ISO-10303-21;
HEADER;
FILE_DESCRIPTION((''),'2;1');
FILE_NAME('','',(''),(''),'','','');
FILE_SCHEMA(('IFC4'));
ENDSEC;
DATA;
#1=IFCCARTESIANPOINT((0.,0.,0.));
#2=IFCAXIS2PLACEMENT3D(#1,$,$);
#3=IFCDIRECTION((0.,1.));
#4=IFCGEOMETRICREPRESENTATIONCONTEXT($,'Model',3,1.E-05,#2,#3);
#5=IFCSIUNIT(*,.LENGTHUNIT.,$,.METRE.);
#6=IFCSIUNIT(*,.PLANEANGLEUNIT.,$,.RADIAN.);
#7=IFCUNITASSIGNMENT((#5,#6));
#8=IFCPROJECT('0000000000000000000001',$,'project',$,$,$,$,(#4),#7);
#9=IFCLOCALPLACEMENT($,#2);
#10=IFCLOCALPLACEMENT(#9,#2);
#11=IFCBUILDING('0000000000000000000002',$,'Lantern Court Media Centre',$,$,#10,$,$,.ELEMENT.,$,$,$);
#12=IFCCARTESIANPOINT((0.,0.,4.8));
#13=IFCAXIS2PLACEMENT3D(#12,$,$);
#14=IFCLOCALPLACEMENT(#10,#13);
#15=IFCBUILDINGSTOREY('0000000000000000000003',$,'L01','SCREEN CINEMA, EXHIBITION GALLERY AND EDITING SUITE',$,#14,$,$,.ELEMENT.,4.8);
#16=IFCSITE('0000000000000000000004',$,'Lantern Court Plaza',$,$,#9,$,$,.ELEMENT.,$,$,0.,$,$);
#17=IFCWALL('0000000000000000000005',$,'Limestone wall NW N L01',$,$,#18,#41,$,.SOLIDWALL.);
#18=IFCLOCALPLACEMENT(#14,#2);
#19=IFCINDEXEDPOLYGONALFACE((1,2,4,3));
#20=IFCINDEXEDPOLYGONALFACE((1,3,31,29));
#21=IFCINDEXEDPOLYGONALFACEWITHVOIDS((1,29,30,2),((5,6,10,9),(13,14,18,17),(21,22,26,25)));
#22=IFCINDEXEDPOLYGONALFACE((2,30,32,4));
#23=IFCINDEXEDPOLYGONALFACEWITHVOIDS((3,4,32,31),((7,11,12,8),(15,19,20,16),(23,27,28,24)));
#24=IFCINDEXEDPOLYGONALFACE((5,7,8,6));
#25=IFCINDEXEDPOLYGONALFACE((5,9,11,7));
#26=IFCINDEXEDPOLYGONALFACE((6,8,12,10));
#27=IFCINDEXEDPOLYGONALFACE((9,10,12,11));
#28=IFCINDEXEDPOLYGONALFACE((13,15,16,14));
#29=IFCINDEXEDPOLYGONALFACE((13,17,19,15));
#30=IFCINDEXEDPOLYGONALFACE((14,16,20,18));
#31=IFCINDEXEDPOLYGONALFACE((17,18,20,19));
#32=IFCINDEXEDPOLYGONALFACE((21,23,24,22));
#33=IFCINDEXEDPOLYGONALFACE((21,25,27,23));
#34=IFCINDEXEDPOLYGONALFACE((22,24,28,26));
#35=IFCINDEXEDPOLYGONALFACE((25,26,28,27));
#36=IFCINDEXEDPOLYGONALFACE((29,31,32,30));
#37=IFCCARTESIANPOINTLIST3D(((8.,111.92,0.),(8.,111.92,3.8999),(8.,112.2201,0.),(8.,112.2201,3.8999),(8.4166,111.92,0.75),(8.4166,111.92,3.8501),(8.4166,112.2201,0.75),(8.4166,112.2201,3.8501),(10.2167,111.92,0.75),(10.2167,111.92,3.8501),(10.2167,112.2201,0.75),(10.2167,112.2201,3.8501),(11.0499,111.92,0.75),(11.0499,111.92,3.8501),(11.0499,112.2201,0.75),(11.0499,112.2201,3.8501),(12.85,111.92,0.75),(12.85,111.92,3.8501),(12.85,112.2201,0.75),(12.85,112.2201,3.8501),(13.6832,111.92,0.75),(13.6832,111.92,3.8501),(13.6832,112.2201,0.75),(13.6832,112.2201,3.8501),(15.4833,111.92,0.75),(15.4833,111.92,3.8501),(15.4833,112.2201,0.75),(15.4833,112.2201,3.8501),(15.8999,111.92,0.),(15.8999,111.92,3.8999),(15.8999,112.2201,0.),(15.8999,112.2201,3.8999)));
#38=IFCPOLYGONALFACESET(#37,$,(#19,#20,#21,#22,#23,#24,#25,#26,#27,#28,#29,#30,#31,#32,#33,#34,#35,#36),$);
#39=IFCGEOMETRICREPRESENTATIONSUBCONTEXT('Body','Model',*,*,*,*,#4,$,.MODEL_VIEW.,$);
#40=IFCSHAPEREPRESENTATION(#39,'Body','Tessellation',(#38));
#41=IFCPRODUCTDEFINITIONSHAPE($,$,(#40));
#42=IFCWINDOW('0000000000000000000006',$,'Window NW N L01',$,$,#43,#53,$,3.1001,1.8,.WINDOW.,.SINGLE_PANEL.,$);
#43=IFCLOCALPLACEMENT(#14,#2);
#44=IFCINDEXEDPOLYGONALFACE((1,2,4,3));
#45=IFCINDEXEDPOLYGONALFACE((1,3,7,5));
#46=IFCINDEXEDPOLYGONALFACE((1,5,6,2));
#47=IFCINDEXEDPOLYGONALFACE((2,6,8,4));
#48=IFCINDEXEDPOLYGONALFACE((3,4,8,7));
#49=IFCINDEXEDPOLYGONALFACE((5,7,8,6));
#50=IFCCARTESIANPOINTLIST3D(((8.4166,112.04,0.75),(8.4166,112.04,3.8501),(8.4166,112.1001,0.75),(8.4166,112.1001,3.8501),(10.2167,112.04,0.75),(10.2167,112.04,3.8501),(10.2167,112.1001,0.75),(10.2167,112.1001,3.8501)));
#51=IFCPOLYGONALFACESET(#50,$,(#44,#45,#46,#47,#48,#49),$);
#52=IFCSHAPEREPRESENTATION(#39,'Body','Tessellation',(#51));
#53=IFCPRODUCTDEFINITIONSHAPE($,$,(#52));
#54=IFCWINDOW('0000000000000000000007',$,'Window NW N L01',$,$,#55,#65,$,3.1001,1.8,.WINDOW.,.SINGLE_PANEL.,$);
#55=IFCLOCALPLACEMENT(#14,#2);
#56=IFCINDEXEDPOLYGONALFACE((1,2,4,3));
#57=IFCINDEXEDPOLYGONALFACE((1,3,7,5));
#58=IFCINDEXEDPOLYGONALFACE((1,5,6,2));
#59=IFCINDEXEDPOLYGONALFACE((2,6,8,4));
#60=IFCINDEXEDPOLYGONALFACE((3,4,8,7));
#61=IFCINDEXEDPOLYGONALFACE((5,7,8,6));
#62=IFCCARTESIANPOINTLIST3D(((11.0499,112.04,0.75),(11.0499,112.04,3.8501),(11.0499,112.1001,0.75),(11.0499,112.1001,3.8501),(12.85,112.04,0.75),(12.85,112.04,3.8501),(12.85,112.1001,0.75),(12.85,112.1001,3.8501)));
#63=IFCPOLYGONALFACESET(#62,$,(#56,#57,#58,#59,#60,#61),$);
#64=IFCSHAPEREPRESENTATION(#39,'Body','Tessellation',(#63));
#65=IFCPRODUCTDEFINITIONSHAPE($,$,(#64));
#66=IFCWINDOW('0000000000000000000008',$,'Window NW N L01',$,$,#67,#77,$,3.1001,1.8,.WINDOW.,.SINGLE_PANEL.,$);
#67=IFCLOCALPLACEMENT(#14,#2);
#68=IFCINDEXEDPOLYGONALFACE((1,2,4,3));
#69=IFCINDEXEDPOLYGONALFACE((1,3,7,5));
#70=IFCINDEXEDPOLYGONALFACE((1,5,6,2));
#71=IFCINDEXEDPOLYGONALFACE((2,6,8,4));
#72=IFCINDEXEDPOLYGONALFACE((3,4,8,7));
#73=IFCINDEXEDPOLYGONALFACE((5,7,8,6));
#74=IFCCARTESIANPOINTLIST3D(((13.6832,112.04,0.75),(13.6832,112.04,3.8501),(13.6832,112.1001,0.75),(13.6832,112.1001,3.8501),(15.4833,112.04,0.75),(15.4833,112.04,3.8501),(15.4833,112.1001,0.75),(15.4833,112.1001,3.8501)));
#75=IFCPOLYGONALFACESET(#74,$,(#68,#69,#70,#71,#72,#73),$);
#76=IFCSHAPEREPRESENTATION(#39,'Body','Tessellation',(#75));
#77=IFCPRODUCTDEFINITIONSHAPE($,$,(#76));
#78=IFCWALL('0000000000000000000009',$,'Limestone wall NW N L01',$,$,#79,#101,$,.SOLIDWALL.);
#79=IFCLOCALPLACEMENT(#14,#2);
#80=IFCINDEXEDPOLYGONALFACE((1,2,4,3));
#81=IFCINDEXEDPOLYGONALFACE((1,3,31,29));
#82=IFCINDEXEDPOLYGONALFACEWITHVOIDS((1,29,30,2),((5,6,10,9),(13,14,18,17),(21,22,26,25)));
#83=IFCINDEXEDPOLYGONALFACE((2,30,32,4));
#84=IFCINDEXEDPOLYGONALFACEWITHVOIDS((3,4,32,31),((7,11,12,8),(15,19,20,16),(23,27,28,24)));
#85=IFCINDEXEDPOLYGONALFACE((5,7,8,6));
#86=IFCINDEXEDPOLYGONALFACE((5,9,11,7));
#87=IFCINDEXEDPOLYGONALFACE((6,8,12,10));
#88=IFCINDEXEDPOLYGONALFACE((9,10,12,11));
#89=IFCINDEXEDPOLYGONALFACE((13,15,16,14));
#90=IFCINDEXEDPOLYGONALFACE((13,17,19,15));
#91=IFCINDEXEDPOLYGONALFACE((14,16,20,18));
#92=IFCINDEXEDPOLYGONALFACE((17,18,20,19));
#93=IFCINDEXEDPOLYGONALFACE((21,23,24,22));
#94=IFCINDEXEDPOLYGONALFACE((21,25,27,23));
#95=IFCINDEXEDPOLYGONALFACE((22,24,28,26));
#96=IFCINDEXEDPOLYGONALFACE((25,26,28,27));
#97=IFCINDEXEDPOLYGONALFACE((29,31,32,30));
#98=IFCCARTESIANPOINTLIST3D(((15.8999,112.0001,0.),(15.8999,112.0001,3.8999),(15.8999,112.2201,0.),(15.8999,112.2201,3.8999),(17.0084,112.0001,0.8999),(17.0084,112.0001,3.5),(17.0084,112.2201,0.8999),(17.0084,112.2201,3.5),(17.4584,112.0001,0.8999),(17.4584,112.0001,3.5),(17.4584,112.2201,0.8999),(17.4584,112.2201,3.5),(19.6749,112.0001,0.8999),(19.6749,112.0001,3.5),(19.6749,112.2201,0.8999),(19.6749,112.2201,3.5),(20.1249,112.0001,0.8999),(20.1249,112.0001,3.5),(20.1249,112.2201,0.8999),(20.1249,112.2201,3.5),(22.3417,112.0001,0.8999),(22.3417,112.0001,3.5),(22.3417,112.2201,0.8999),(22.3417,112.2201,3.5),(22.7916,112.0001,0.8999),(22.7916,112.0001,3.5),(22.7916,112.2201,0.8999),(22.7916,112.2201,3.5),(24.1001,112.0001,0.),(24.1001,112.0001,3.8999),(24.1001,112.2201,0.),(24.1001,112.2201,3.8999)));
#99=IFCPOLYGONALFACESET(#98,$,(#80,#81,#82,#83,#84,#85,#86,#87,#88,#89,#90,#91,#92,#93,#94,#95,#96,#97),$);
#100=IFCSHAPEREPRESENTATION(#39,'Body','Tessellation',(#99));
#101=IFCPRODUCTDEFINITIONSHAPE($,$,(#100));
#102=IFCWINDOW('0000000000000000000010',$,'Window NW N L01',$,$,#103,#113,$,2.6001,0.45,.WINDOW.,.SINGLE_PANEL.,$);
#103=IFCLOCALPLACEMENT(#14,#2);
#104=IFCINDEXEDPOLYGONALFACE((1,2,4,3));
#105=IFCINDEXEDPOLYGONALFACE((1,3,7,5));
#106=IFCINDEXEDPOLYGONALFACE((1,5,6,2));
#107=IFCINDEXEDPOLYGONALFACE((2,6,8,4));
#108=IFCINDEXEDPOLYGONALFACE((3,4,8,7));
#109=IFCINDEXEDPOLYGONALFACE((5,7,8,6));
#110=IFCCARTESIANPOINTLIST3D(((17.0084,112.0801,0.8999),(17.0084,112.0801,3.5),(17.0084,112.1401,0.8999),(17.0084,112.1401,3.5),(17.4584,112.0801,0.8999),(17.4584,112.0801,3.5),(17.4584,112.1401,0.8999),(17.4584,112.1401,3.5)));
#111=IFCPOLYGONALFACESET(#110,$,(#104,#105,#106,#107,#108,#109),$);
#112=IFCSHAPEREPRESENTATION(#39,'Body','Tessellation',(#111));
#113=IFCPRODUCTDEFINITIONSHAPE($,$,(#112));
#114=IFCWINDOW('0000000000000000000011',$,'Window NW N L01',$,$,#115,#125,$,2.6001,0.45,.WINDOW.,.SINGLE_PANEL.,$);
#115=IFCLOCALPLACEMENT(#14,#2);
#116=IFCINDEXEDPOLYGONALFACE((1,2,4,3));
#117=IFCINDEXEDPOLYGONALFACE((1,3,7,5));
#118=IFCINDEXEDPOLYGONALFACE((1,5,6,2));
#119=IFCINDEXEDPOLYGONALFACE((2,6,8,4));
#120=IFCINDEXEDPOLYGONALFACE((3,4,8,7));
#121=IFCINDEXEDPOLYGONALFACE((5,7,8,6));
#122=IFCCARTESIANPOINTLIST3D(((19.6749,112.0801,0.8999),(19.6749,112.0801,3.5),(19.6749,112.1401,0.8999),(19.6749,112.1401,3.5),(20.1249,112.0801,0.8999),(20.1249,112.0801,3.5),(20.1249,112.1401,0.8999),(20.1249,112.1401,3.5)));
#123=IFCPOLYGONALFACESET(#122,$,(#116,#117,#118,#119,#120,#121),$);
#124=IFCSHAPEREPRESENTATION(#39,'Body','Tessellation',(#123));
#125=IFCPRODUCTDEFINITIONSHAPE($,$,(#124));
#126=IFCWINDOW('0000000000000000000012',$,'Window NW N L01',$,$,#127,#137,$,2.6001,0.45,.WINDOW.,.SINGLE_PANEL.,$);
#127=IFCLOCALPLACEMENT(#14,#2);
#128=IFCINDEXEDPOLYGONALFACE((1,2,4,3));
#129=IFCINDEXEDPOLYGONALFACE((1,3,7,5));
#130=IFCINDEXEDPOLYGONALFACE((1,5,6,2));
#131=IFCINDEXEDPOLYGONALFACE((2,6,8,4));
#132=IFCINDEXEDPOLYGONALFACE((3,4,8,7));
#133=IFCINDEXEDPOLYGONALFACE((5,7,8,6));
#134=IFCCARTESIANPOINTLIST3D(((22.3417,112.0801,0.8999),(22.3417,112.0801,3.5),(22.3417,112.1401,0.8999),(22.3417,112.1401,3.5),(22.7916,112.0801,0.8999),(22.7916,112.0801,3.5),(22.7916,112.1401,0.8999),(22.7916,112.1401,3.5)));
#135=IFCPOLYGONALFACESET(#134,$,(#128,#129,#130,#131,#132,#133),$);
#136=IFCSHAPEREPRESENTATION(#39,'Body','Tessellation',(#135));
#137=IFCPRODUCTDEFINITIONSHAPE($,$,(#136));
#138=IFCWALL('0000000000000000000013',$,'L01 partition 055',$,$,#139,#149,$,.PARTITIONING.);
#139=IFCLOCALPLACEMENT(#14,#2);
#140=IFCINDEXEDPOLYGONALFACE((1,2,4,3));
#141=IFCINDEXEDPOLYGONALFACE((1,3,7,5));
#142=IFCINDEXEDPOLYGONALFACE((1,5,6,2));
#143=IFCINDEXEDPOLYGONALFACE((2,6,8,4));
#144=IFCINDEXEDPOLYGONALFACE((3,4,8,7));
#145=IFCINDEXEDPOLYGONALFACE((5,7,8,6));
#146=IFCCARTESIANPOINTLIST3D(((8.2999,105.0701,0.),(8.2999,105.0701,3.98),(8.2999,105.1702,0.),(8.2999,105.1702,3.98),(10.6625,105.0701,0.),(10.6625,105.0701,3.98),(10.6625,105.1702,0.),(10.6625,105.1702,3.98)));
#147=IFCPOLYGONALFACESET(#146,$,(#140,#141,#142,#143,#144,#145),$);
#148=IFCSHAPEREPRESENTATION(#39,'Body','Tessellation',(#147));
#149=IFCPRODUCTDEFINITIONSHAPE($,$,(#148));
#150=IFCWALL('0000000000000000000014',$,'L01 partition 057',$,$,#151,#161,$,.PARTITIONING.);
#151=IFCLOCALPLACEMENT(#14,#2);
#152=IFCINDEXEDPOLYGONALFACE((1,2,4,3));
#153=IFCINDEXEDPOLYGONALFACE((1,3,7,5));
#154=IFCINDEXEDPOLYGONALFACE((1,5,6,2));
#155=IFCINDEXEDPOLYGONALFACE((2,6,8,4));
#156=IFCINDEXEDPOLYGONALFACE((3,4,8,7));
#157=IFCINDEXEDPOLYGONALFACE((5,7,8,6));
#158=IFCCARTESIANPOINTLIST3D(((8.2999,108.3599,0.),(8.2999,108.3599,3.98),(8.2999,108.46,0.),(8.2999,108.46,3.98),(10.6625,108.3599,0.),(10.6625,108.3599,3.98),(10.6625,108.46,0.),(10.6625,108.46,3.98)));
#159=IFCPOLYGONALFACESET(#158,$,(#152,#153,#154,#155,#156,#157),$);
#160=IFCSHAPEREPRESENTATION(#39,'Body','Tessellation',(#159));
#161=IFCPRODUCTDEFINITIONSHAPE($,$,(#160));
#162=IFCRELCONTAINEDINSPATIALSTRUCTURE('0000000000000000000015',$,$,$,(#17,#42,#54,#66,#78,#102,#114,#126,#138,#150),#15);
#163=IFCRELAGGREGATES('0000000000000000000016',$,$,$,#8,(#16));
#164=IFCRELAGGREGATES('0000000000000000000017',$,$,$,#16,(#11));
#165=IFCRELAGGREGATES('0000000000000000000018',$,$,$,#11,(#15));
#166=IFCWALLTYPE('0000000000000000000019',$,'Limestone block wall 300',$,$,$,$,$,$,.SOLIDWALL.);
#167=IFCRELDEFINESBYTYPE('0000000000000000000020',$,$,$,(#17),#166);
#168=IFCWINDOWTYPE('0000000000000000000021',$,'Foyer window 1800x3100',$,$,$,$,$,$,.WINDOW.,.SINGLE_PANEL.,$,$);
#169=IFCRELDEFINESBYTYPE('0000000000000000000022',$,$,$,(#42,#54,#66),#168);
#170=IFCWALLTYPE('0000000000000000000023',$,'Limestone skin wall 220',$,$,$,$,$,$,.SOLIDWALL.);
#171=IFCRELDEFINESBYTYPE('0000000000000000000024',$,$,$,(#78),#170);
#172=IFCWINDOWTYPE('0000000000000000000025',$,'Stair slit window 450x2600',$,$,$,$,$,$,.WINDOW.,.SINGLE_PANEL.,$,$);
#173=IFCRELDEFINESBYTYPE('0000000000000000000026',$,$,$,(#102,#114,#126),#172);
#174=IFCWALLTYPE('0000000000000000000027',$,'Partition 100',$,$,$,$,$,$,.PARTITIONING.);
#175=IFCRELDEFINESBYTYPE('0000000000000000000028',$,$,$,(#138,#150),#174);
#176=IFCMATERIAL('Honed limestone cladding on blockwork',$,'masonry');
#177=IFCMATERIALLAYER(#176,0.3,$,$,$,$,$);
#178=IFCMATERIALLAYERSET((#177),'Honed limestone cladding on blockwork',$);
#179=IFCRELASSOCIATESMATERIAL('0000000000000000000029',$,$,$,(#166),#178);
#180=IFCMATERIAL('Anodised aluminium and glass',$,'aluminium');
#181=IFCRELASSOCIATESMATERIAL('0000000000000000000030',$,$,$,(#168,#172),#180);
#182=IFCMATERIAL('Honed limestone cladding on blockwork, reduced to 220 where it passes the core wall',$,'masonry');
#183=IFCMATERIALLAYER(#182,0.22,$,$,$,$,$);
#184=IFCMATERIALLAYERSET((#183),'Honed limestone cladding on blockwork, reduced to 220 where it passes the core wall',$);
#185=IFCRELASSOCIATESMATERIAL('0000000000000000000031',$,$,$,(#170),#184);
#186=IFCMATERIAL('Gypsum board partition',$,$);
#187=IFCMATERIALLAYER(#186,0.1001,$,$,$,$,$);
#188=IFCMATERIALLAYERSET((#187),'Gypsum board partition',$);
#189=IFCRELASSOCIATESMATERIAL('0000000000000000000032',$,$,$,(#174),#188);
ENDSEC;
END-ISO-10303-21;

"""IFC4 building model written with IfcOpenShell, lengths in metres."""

from ifc_helpers import new_model, si_unit, direction, frame, frame_2d, origin, place, context, subcontext, project, spatial, rectangle, extrude, material, layer, layer_set, type_object, element, fill, save


model = new_model("IFC4")

# Units and contexts
model_context = context("Model", 3, precision=1e-05, world=origin(), true_north=direction((0.0, 1.0)))
body_context = subcontext(model_context, "Body", "Model", "MODEL_VIEW")
ifc_project = project(units=[si_unit("LENGTHUNIT", "METRE"), si_unit("PLANEANGLEUNIT", "RADIAN")], contexts=[model_context])

# Site, building, storey
site_placement = place(None, origin())
site = spatial("IfcSite", under=ifc_project, at=site_placement, Name="Lantern Court Plaza", CompositionType="ELEMENT", RefElevation=0.0)
building_placement = place(site_placement, origin())
building = spatial("IfcBuilding", under=site, at=building_placement, Name="Lantern Court Media Centre", CompositionType="ELEMENT")
storey_placement = place(building_placement, frame((0.0, 0.0, 4.8)))
storey = spatial("IfcBuildingStorey", under=building, at=storey_placement, Name="L01", Description="SCREEN CINEMA, EXHIBITION GALLERY AND EDITING SUITE", CompositionType="ELEMENT", Elevation=4.8)

# Shared definitions
ifc_material_1 = material(Name="Gypsum board partition")

# Walls, openings, windows
ifc_material_2 = material(Name="Honed limestone cladding on blockwork", Category="masonry")
ifc_layer_1 = layer(ifc_material_2, 0.3)
ifc_layer_set_1 = layer_set([ifc_layer_1], Name="Honed limestone cladding on blockwork")
wall_type_1 = type_object("IfcWallType", Name="Limestone block wall 300", PredefinedType="SOLIDWALL", material=ifc_layer_set_1)
wall_1_placement = place(storey_placement, frame((8.0, 112.0701, 0.0), z_axis=(0.0, 0.0, 1.0), x_axis=(1.0, 0.0, 0.0)))
wall_1 = element("IfcWall", 1, at=wall_1_placement, inside=storey, type_object=wall_type_1, Name="Limestone wall NW N L01", PredefinedType="SOLIDWALL", context=body_context, shape_type="SweptSolid", body=[
    extrude(rectangle(XDim=7.8999, YDim=0.3, at=frame_2d((3.95, 0.0))), origin(), (0.0, 0.0, 1.0), 3.8999),
])
opening_1_placement = place(wall_1_placement, frame((0.4167, 0.0, 0.75)))
opening_1 = element("IfcOpeningElement", 2, at=opening_1_placement, cuts=wall_1, PredefinedType="OPENING", context=body_context, shape_type="SweptSolid", body=[
    extrude(rectangle(XDim=1.8, YDim=3.1001, at=frame_2d((0.8999, 1.55))), frame((0.0, 0.1599, 0.0), z_axis=(0.0, -1.0, 0.0), x_axis=(1.0, 0.0, 0.0)), (0.0, 0.0, 1.0), 0.3201),
])
opening_2_placement = place(wall_1_placement, frame((3.05, 0.0, 0.75)))
opening_2 = element("IfcOpeningElement", 3, at=opening_2_placement, cuts=wall_1, PredefinedType="OPENING", context=body_context, shape_type="SweptSolid", body=[
    extrude(rectangle(XDim=1.8, YDim=3.1001, at=frame_2d((0.8999, 1.55))), frame((0.0, 0.1599, 0.0), z_axis=(0.0, -1.0, 0.0), x_axis=(1.0, 0.0, 0.0)), (0.0, 0.0, 1.0), 0.3201),
])
opening_3_placement = place(wall_1_placement, frame((5.6833, 0.0, 0.75)))
opening_3 = element("IfcOpeningElement", 4, at=opening_3_placement, cuts=wall_1, PredefinedType="OPENING", context=body_context, shape_type="SweptSolid", body=[
    extrude(rectangle(XDim=1.8, YDim=3.1001, at=frame_2d((0.8999, 1.55))), frame((0.0, 0.1599, 0.0), z_axis=(0.0, -1.0, 0.0), x_axis=(1.0, 0.0, 0.0)), (0.0, 0.0, 1.0), 0.3201),
])
ifc_material_3 = material(Name="Anodised aluminium and glass", Category="aluminium")
window_type_1 = type_object("IfcWindowType", Name="Foyer window 1800x3100", PartitioningType="SINGLE_PANEL", PredefinedType="WINDOW", material=ifc_material_3)
window_1_placement = place(opening_1_placement, origin())
window_1 = element("IfcWindow", 5, at=window_1_placement, inside=storey, type_object=window_type_1, Name="Window NW N L01", OverallHeight=3.1001, OverallWidth=1.8, PartitioningType="SINGLE_PANEL", PredefinedType="WINDOW", context=body_context, shape_type="SweptSolid", body=[
    extrude(rectangle(XDim=1.8, YDim=3.1001, at=frame_2d((0.8999, 1.55))), frame((0.0, 0.03, 0.0), z_axis=(0.0, -1.0, 0.0), x_axis=(1.0, 0.0, 0.0)), (0.0, 0.0, 1.0), 0.0601),
])
fill(opening_1, window_1)
window_2_placement = place(opening_2_placement, origin())
window_2 = element("IfcWindow", 6, at=window_2_placement, inside=storey, type_object=window_type_1, Name="Window NW N L01", OverallHeight=3.1001, OverallWidth=1.8, PartitioningType="SINGLE_PANEL", PredefinedType="WINDOW", context=body_context, shape_type="SweptSolid", body=[
    extrude(rectangle(XDim=1.8, YDim=3.1001, at=frame_2d((0.8999, 1.55))), frame((0.0, 0.03, 0.0), z_axis=(0.0, -1.0, 0.0), x_axis=(1.0, 0.0, 0.0)), (0.0, 0.0, 1.0), 0.0601),
])
fill(opening_2, window_2)
window_3_placement = place(opening_3_placement, origin())
window_3 = element("IfcWindow", 7, at=window_3_placement, inside=storey, type_object=window_type_1, Name="Window NW N L01", OverallHeight=3.1001, OverallWidth=1.8, PartitioningType="SINGLE_PANEL", PredefinedType="WINDOW", context=body_context, shape_type="SweptSolid", body=[
    extrude(rectangle(XDim=1.8, YDim=3.1001, at=frame_2d((0.8999, 1.55))), frame((0.0, 0.03, 0.0), z_axis=(0.0, -1.0, 0.0), x_axis=(1.0, 0.0, 0.0)), (0.0, 0.0, 1.0), 0.0601),
])
fill(opening_3, window_3)
ifc_material_4 = material(Name="Honed limestone cladding on blockwork, reduced to 220 where it passes the core wall", Category="masonry")
ifc_layer_2 = layer(ifc_material_4, 0.22)
ifc_layer_set_2 = layer_set([ifc_layer_2], Name="Honed limestone cladding on blockwork, reduced to 220 where it passes the core wall")
wall_type_2 = type_object("IfcWallType", Name="Limestone skin wall 220", PredefinedType="SOLIDWALL", material=ifc_layer_set_2)
wall_2_placement = place(storey_placement, frame((15.8999, 112.1101, 0.0), z_axis=(0.0, 0.0, 1.0), x_axis=(1.0, 0.0, 0.0)))
wall_2 = element("IfcWall", 8, at=wall_2_placement, inside=storey, type_object=wall_type_2, Name="Limestone wall NW N L01", PredefinedType="SOLIDWALL", context=body_context, shape_type="SweptSolid", body=[
    extrude(rectangle(XDim=8.2002, YDim=0.22, at=frame_2d((4.1001, 0.0))), origin(), (0.0, 0.0, 1.0), 3.8999),
])
opening_4_placement = place(wall_2_placement, frame((1.1084, 0.0, 0.8999)))
opening_4 = element("IfcOpeningElement", 9, at=opening_4_placement, cuts=wall_2, PredefinedType="OPENING", context=body_context, shape_type="SweptSolid", body=[
    extrude(rectangle(XDim=0.45, YDim=2.6001, at=frame_2d((0.2251, 1.3))), frame((0.0, 0.1199, 0.0), z_axis=(0.0, -1.0, 0.0), x_axis=(1.0, 0.0, 0.0)), (0.0, 0.0, 1.0), 0.24),
])
opening_5_placement = place(wall_2_placement, frame((3.7749, 0.0, 0.8999)))
opening_5 = element("IfcOpeningElement", 10, at=opening_5_placement, cuts=wall_2, PredefinedType="OPENING", context=body_context, shape_type="SweptSolid", body=[
    extrude(rectangle(XDim=0.45, YDim=2.6001, at=frame_2d((0.2251, 1.3))), frame((0.0, 0.1199, 0.0), z_axis=(0.0, -1.0, 0.0), x_axis=(1.0, 0.0, 0.0)), (0.0, 0.0, 1.0), 0.24),
])
opening_6_placement = place(wall_2_placement, frame((6.4417, 0.0, 0.8999)))
opening_6 = element("IfcOpeningElement", 11, at=opening_6_placement, cuts=wall_2, PredefinedType="OPENING", context=body_context, shape_type="SweptSolid", body=[
    extrude(rectangle(XDim=0.45, YDim=2.6001, at=frame_2d((0.2251, 1.3))), frame((0.0, 0.1199, 0.0), z_axis=(0.0, -1.0, 0.0), x_axis=(1.0, 0.0, 0.0)), (0.0, 0.0, 1.0), 0.24),
])
window_type_2 = type_object("IfcWindowType", Name="Stair slit window 450x2600", PartitioningType="SINGLE_PANEL", PredefinedType="WINDOW", material=ifc_material_3)
window_4_placement = place(opening_4_placement, origin())
window_4 = element("IfcWindow", 12, at=window_4_placement, inside=storey, type_object=window_type_2, Name="Window NW N L01", OverallHeight=2.6001, OverallWidth=0.45, PartitioningType="SINGLE_PANEL", PredefinedType="WINDOW", context=body_context, shape_type="SweptSolid", body=[
    extrude(rectangle(XDim=0.45, YDim=2.6001, at=frame_2d((0.2251, 1.3))), frame((0.0, 0.03, 0.0), z_axis=(0.0, -1.0, 0.0), x_axis=(1.0, 0.0, 0.0)), (0.0, 0.0, 1.0), 0.0601),
])
fill(opening_4, window_4)
window_5_placement = place(opening_5_placement, origin())
window_5 = element("IfcWindow", 13, at=window_5_placement, inside=storey, type_object=window_type_2, Name="Window NW N L01", OverallHeight=2.6001, OverallWidth=0.45, PartitioningType="SINGLE_PANEL", PredefinedType="WINDOW", context=body_context, shape_type="SweptSolid", body=[
    extrude(rectangle(XDim=0.45, YDim=2.6001, at=frame_2d((0.2251, 1.3))), frame((0.0, 0.03, 0.0), z_axis=(0.0, -1.0, 0.0), x_axis=(1.0, 0.0, 0.0)), (0.0, 0.0, 1.0), 0.0601),
])
fill(opening_5, window_5)
window_6_placement = place(opening_6_placement, origin())
window_6 = element("IfcWindow", 14, at=window_6_placement, inside=storey, type_object=window_type_2, Name="Window NW N L01", OverallHeight=2.6001, OverallWidth=0.45, PartitioningType="SINGLE_PANEL", PredefinedType="WINDOW", context=body_context, shape_type="SweptSolid", body=[
    extrude(rectangle(XDim=0.45, YDim=2.6001, at=frame_2d((0.2251, 1.3))), frame((0.0, 0.03, 0.0), z_axis=(0.0, -1.0, 0.0), x_axis=(1.0, 0.0, 0.0)), (0.0, 0.0, 1.0), 0.0601),
])
fill(opening_6, window_6)

# Walls
ifc_layer_3 = layer(ifc_material_1, 0.1001)
ifc_layer_set_3 = layer_set([ifc_layer_3], Name="Gypsum board partition")
wall_type_3 = type_object("IfcWallType", Name="Partition 100", PredefinedType="PARTITIONING", material=ifc_layer_set_3)
for number, where, z_axis, x_axis, name in (
    (15, (8.3, 105.1201, 0.0), (0.0, 0.0, 1.0), (1.0, 0.0, 0.0), "L01 partition 055"),
    (16, (8.3, 108.4099, 0.0), (0.0, 0.0, 1.0), (1.0, 0.0, 0.0), "L01 partition 057"),
):
    element("IfcWall", number, at=place(storey_placement, frame(where, z_axis=z_axis, x_axis=x_axis)), inside=storey, type_object=wall_type_3, Name=name, PredefinedType="PARTITIONING", context=body_context, shape_type="SweptSolid", body=[
        extrude(rectangle(XDim=2.3625, YDim=0.1001, at=frame_2d((1.1812, 0.0))), origin(), (0.0, 0.0, 1.0), 3.98),
    ])

save(model, "model.ifc")
